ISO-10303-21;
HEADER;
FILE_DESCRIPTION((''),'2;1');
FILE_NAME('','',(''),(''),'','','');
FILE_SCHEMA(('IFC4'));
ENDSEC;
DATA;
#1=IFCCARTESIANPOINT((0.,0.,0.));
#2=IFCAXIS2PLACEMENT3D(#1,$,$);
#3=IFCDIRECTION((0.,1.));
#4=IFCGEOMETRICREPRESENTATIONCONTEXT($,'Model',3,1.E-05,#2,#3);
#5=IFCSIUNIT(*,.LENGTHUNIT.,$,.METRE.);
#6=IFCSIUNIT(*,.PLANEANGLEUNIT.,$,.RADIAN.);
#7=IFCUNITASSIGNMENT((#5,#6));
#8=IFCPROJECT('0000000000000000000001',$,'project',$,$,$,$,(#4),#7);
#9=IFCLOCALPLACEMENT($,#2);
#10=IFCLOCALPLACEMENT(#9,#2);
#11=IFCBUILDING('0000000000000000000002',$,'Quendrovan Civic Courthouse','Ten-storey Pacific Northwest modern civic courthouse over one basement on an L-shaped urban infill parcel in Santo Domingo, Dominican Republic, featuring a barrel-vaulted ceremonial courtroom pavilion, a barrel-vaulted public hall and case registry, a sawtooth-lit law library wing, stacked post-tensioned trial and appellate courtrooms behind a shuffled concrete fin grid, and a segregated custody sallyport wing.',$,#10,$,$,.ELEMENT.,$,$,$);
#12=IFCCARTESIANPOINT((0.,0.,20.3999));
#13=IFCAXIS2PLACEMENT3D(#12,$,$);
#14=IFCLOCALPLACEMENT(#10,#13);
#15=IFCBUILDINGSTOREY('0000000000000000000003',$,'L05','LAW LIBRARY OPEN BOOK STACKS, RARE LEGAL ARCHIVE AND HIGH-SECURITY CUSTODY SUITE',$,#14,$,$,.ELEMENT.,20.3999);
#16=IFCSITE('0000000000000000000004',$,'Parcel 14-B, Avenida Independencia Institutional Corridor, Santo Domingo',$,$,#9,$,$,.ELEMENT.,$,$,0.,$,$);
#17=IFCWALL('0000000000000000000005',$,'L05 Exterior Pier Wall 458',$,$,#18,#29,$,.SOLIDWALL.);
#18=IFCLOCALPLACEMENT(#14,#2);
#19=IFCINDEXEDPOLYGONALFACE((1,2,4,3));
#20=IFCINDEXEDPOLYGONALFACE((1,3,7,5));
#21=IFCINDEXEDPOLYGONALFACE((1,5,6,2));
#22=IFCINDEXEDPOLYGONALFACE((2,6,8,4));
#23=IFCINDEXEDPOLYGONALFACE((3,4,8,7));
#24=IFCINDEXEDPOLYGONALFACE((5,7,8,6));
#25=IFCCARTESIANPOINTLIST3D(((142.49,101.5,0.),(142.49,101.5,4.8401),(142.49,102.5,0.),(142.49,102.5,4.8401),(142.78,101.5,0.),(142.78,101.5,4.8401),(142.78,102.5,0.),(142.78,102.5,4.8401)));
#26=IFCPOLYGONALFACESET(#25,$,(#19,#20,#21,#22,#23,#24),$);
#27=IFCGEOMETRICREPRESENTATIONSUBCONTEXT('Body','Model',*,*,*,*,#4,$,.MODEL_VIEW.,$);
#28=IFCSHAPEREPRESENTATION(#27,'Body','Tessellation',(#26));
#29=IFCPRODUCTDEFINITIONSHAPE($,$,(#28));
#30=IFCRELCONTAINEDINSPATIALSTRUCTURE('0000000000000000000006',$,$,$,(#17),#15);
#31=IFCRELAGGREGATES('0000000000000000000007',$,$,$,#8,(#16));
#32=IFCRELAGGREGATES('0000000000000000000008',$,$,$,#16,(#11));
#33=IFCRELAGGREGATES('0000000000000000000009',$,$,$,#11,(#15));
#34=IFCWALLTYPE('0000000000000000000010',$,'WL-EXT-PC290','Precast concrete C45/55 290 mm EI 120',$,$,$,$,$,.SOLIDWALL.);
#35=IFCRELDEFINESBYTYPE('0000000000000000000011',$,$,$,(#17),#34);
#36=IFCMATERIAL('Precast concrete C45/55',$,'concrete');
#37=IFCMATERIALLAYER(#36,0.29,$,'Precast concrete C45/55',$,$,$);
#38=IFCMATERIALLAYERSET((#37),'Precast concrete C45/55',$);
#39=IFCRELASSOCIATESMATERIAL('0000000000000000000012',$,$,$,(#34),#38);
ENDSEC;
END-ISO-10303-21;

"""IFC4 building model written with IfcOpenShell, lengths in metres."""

from ifc_helpers import new_model, si_unit, direction, frame, frame_2d, origin, place, context, subcontext, project, spatial, rectangle, extrude, material, layer, layer_set, type_object, element, save


model = new_model("IFC4")

# Units and contexts
model_context = context("Model", 3, precision=1e-05, world=origin(), true_north=direction((0.0, 1.0)))
body_context = subcontext(model_context, "Body", "Model", "MODEL_VIEW")
ifc_project = project(units=[si_unit("LENGTHUNIT", "METRE"), si_unit("PLANEANGLEUNIT", "RADIAN")], contexts=[model_context])

# Site, building, storey
site_placement = place(None, origin())
site = spatial("IfcSite", under=ifc_project, at=site_placement, Name="Parcel 14-B, Avenida Independencia Institutional Corridor, Santo Domingo", CompositionType="ELEMENT", RefElevation=0.0)
building_placement = place(site_placement, origin())
building = spatial("IfcBuilding", under=site, at=building_placement, Name="Quendrovan Civic Courthouse", Description="Ten-storey Pacific Northwest modern civic courthouse over one basement on an L-shaped urban infill parcel in Santo Domingo, Dominican Republic, featuring a barrel-vaulted ceremonial courtroom pavilion, a barrel-vaulted public hall and case registry, a sawtooth-lit law library wing, stacked post-tensioned trial and appellate courtrooms behind a shuffled concrete fin grid, and a segregated custody sallyport wing.", CompositionType="ELEMENT")
storey_placement = place(building_placement, frame((0.0, 0.0, 20.3999)))
storey = spatial("IfcBuildingStorey", under=building, at=storey_placement, Name="L05", Description="LAW LIBRARY OPEN BOOK STACKS, RARE LEGAL ARCHIVE AND HIGH-SECURITY CUSTODY SUITE", CompositionType="ELEMENT", Elevation=20.3999)

# Wall
ifc_material_1 = material(Name="Precast concrete C45/55", Category="concrete")
ifc_layer_1 = layer(ifc_material_1, 0.29, Name="Precast concrete C45/55")
ifc_layer_set_1 = layer_set([ifc_layer_1], Name="Precast concrete C45/55")
wall_type = type_object("IfcWallType", Name="WL-EXT-PC290", Description="Precast concrete C45/55 290 mm EI 120", PredefinedType="SOLIDWALL", material=ifc_layer_set_1)
wall_placement = place(storey_placement, frame((142.635, 102.5, 0.0), z_axis=(0.0, 0.0, 1.0), x_axis=(0.0, -1.0, 0.0)))
element("IfcWall", 1, at=wall_placement, inside=storey, type_object=wall_type, Name="L05 Exterior Pier Wall 458", PredefinedType="SOLIDWALL", context=body_context, shape_type="SweptSolid", body=[
    extrude(rectangle(XDim=1.0, YDim=0.29, at=frame_2d((0.5, 0.0))), origin(), (0.0, 0.0, 1.0), 4.8401),
])

save(model, "model.ifc")
